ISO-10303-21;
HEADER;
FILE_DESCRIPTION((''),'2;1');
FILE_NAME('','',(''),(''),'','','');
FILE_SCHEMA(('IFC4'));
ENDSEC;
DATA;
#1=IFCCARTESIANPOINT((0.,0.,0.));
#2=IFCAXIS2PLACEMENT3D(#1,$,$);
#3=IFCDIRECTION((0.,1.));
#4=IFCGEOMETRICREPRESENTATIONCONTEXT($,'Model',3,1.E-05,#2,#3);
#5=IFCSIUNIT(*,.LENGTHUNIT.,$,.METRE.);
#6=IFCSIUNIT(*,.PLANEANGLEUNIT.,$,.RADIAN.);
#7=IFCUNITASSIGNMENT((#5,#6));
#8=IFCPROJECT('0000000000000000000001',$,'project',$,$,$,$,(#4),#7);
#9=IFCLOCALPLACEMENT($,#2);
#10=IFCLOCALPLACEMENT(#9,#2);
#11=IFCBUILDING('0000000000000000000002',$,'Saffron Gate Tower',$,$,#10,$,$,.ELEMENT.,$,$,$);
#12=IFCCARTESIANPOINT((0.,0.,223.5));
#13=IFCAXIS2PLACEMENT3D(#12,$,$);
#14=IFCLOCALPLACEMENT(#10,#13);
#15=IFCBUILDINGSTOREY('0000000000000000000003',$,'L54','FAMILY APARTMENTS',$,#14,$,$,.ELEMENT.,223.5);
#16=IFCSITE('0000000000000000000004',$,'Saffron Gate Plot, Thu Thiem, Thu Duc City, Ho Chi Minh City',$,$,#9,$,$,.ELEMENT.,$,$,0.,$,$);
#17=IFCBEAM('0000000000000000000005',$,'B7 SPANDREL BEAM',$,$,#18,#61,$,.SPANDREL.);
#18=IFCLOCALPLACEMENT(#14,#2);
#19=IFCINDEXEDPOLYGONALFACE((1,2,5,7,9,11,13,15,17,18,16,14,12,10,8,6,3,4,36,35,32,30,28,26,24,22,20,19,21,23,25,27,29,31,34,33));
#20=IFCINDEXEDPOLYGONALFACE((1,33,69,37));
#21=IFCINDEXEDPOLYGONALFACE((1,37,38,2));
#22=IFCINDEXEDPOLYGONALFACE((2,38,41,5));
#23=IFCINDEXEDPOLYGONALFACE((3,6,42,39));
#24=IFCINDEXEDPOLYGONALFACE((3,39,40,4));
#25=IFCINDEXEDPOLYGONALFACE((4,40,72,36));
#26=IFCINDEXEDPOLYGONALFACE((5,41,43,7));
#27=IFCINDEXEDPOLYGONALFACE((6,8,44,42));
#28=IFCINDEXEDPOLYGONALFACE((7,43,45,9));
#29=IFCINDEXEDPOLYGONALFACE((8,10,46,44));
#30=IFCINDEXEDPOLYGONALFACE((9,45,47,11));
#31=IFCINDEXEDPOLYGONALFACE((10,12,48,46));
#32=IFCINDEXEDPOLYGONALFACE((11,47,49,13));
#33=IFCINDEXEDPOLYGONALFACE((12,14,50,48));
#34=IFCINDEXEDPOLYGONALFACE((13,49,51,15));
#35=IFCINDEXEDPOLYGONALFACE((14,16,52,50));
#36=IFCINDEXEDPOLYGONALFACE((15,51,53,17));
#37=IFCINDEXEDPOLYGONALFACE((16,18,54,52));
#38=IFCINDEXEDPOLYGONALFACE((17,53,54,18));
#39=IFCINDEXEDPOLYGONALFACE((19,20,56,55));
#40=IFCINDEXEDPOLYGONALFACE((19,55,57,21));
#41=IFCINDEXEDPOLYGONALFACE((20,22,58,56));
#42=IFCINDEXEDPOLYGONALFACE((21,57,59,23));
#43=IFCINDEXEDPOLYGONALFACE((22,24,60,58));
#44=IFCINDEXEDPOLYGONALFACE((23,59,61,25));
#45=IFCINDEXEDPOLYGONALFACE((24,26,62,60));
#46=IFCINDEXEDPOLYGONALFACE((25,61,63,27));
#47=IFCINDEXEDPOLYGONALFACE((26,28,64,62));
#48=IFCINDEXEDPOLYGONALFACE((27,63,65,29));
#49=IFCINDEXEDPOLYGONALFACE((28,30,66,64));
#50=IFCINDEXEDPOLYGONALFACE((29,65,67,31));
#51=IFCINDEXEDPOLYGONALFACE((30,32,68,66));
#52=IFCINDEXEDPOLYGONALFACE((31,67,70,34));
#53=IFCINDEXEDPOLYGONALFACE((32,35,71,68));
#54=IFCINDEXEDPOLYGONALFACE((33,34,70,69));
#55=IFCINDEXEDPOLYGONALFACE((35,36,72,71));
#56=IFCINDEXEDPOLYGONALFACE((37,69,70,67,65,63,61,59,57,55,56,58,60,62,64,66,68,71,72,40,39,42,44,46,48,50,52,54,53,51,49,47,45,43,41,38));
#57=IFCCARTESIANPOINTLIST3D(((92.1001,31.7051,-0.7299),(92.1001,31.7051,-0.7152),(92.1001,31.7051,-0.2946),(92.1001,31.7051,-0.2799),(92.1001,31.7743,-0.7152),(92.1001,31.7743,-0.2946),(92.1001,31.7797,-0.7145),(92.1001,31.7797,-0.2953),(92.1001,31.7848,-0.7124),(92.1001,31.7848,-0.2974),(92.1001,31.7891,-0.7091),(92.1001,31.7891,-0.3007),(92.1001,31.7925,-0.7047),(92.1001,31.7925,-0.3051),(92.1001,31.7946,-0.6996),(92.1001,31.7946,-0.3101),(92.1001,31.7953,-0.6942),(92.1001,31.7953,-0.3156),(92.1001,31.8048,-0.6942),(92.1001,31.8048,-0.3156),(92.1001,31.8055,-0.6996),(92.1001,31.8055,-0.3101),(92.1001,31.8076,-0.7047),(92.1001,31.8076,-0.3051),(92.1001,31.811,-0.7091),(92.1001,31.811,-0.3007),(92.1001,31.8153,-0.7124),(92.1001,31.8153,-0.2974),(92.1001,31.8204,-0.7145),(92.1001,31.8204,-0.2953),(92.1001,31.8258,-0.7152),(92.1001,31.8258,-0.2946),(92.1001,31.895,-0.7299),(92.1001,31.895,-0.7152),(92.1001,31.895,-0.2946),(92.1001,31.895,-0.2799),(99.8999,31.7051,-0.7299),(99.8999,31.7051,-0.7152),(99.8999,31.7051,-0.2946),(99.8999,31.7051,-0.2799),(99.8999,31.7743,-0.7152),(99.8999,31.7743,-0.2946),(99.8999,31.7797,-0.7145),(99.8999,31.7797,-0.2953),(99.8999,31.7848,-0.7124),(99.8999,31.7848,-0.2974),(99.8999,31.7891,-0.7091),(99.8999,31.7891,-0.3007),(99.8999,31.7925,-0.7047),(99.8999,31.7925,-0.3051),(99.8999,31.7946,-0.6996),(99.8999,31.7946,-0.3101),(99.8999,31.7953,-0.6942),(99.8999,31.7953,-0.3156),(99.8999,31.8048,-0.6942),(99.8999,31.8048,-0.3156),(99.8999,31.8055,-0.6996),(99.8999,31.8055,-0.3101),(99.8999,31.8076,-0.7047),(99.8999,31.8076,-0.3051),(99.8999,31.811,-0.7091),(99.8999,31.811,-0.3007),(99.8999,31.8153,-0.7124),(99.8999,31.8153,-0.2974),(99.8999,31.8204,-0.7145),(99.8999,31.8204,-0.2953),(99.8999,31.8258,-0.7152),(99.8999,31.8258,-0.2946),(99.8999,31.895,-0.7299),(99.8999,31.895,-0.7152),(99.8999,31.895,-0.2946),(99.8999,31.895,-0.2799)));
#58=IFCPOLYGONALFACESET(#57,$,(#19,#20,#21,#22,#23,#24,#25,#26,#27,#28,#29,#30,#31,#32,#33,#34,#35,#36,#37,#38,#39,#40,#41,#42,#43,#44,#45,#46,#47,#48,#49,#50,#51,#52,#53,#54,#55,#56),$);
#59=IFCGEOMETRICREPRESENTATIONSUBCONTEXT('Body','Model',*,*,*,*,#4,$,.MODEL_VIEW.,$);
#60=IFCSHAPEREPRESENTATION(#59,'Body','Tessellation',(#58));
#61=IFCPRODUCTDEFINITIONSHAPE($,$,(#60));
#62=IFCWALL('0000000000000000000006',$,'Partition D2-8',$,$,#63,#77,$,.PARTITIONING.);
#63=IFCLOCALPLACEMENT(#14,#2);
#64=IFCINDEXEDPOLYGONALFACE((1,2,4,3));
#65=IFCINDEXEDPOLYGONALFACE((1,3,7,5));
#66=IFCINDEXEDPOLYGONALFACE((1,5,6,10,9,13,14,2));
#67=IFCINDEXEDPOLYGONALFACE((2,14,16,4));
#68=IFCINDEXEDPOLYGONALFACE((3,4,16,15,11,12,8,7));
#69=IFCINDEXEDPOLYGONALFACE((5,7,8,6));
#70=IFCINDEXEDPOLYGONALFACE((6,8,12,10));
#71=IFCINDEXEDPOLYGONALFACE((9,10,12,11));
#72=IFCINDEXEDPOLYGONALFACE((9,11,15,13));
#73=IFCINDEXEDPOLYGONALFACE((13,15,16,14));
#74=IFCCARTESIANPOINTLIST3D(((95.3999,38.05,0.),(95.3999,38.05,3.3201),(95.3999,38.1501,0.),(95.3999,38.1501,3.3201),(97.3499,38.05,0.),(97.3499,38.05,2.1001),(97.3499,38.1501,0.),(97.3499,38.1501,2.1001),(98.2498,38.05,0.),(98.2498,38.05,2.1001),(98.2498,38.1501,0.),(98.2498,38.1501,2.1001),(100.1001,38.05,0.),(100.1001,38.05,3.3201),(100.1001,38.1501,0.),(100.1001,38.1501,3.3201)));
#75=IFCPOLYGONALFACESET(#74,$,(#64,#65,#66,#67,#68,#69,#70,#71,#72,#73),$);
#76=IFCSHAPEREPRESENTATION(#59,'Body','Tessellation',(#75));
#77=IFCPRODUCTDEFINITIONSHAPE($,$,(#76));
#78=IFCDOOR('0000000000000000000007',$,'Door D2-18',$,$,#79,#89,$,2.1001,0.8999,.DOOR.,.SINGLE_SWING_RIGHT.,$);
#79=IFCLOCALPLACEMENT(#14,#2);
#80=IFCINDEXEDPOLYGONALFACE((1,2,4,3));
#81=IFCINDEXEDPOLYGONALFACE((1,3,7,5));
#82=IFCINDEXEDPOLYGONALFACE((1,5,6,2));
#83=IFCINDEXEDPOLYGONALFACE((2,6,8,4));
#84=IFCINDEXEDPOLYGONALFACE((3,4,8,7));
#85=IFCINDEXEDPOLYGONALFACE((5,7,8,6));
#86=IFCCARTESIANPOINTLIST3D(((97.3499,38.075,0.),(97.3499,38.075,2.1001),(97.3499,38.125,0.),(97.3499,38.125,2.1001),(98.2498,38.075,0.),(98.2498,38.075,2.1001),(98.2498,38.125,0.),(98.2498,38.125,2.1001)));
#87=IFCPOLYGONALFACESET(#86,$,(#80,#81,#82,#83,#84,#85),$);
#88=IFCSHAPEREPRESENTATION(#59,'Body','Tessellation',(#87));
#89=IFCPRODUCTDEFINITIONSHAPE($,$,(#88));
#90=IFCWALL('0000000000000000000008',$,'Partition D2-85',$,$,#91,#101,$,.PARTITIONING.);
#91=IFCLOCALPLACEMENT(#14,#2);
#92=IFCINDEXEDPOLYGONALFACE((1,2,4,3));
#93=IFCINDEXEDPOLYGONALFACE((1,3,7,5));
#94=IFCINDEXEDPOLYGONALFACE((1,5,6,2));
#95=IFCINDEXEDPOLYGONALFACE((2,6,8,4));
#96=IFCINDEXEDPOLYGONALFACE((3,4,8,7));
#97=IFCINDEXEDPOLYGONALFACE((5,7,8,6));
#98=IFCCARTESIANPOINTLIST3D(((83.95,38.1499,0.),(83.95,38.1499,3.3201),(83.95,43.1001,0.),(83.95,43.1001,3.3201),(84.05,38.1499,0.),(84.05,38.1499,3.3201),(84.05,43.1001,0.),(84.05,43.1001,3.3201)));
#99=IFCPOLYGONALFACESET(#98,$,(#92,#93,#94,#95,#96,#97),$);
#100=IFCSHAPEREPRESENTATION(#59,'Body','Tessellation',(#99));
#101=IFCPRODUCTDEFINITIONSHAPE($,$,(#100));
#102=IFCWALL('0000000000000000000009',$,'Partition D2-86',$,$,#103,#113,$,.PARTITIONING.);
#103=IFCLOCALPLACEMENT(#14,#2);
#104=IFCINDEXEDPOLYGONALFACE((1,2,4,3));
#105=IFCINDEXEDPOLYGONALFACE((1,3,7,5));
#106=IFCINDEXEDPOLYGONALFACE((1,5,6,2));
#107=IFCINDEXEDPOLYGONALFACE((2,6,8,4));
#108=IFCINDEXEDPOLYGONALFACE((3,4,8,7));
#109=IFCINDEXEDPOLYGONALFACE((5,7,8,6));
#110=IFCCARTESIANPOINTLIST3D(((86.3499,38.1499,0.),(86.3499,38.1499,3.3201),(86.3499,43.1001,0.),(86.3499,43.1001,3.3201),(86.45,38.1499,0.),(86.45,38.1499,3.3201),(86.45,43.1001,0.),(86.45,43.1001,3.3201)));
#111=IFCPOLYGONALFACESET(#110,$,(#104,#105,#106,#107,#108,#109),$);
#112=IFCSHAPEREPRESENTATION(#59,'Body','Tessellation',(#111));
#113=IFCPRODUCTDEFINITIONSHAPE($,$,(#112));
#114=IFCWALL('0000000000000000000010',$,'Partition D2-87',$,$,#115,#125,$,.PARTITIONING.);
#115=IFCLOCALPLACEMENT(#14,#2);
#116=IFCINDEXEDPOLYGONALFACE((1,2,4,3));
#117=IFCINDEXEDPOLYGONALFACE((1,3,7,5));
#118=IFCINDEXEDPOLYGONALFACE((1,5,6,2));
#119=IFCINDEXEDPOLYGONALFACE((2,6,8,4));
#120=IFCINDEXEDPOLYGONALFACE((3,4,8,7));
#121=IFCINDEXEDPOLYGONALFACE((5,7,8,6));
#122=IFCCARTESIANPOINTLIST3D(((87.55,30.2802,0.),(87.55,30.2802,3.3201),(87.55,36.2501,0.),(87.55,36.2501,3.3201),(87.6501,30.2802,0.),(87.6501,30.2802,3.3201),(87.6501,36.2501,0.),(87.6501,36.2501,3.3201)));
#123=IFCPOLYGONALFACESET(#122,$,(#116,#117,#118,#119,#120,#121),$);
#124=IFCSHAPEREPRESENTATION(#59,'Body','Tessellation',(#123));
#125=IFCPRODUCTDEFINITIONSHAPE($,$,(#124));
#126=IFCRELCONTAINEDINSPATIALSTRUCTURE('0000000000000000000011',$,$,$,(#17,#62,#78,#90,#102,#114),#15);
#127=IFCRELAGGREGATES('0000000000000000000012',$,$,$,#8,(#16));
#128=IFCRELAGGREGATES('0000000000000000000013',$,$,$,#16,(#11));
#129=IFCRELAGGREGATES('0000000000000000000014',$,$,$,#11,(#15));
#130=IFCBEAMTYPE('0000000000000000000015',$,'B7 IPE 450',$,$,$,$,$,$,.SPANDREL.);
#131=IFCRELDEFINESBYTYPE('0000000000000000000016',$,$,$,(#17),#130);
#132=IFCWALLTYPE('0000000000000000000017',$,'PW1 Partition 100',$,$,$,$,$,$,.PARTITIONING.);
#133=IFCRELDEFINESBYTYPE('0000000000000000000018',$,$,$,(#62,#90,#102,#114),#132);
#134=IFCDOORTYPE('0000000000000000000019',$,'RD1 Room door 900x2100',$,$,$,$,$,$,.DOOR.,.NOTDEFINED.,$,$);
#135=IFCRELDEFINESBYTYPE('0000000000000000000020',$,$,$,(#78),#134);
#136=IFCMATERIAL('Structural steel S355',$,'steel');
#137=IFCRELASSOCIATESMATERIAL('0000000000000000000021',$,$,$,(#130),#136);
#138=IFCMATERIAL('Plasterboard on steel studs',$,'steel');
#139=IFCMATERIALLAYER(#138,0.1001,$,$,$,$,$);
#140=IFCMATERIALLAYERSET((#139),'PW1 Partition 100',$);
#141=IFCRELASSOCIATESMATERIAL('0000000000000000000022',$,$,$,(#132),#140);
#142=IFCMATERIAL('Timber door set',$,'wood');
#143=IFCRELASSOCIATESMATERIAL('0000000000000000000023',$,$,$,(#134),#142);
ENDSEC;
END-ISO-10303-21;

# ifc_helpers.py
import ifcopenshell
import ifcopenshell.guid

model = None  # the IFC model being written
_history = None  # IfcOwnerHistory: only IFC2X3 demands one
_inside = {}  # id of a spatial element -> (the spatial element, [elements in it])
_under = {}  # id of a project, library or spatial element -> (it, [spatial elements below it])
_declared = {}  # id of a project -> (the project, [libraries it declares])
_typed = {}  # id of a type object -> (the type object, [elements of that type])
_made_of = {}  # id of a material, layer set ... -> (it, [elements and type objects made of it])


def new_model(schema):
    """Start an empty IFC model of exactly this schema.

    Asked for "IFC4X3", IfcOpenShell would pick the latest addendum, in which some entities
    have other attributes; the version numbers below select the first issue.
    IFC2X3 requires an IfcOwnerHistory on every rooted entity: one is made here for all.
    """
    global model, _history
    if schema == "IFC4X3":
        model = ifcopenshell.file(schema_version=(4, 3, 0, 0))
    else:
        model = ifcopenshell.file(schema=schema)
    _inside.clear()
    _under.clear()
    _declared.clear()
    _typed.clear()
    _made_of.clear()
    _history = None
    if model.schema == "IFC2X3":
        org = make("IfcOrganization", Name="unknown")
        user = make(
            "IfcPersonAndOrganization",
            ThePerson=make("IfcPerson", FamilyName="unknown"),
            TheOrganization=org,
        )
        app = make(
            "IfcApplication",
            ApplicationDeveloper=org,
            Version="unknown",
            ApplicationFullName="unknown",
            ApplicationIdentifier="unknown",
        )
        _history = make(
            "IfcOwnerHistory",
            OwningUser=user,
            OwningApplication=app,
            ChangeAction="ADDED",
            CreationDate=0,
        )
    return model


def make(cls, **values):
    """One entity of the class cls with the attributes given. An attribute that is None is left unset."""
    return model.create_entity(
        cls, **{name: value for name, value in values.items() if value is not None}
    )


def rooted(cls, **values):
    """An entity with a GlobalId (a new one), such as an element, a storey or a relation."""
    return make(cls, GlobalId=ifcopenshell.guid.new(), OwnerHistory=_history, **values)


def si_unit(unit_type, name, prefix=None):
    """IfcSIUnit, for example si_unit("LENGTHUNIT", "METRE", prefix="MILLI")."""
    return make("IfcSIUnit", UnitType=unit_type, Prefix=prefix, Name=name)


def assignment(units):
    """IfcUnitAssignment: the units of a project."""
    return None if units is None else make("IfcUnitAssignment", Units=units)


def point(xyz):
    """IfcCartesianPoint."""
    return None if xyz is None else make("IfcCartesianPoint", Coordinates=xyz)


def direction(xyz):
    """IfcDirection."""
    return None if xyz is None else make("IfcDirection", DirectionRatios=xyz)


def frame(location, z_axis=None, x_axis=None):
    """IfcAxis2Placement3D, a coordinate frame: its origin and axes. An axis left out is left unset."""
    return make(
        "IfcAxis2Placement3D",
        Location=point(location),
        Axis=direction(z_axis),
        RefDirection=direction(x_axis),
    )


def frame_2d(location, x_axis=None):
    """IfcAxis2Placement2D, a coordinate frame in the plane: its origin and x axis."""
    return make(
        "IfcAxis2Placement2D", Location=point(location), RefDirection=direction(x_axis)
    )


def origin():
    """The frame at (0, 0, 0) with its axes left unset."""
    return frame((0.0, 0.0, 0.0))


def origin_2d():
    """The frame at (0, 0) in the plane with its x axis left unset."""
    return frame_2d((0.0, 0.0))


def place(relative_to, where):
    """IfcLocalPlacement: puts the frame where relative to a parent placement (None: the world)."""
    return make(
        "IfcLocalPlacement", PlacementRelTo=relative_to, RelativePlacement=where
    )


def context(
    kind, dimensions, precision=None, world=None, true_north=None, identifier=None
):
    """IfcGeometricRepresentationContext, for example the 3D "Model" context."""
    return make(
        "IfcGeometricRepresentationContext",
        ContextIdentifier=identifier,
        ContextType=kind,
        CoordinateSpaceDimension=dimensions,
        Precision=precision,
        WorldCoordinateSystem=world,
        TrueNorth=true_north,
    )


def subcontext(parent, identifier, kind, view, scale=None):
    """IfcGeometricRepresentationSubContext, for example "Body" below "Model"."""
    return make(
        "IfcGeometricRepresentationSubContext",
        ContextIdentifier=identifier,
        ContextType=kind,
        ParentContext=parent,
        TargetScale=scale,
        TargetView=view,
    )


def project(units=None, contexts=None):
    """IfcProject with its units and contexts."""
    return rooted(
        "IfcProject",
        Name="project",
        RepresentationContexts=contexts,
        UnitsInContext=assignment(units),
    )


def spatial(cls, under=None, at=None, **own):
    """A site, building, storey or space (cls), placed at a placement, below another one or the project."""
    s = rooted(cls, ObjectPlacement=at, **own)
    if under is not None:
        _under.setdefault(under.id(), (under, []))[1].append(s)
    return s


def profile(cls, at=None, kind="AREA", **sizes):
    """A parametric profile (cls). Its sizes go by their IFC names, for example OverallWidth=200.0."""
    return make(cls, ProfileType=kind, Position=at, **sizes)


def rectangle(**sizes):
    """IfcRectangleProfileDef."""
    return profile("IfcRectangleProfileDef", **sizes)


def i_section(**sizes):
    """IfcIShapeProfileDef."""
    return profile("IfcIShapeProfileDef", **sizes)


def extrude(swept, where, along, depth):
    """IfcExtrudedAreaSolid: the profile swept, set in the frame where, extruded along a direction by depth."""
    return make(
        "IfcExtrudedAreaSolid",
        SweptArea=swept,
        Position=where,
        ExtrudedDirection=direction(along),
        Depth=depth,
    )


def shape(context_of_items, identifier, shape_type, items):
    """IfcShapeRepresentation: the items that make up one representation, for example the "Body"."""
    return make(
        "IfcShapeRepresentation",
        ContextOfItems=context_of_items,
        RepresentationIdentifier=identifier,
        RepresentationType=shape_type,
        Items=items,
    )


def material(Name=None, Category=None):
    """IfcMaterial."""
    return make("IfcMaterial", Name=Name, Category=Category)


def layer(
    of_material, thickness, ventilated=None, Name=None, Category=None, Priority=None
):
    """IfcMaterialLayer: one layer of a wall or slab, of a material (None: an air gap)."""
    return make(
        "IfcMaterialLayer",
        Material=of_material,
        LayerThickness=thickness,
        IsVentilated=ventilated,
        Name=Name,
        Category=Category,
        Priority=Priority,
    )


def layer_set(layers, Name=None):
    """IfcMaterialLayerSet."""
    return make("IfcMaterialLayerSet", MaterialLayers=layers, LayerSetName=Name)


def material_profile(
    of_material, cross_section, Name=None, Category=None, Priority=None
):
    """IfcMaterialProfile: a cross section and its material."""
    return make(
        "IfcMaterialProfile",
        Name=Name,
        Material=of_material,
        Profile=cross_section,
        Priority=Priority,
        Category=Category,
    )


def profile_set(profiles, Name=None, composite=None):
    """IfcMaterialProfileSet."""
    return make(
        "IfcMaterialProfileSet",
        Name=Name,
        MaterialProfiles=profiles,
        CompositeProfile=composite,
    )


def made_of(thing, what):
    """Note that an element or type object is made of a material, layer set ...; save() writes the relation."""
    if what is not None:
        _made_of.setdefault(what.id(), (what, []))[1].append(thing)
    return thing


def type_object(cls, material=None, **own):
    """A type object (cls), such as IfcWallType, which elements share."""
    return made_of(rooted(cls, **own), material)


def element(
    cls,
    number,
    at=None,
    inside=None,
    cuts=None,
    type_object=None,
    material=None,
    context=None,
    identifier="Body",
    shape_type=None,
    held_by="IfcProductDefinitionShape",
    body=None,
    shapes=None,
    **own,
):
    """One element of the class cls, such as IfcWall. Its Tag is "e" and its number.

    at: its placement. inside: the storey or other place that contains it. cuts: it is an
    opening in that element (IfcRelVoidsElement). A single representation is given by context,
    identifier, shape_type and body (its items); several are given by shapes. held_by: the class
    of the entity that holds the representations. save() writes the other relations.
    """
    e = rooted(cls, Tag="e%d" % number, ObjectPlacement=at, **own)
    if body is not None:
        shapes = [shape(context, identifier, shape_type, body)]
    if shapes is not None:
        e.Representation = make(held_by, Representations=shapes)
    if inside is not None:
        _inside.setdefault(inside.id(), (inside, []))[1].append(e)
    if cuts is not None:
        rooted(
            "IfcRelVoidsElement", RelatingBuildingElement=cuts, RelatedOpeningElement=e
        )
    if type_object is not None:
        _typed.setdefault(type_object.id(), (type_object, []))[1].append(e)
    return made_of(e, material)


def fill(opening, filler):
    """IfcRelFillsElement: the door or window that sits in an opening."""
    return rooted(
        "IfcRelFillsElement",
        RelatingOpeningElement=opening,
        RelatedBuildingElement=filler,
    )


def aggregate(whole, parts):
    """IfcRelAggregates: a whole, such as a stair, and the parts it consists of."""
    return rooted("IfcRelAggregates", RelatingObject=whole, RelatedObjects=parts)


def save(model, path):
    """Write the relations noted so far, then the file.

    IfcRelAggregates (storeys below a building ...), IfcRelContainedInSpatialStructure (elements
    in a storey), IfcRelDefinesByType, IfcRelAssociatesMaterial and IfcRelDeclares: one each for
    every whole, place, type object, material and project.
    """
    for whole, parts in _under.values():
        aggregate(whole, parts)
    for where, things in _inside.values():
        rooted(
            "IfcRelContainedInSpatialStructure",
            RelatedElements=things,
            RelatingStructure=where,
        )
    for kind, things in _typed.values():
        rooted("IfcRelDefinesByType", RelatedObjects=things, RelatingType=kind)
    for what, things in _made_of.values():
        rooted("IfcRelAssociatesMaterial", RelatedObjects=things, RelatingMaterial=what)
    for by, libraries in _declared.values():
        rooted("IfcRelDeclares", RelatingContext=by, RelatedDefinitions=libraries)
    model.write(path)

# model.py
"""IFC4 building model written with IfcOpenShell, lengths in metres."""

from ifc_helpers import new_model, si_unit, direction, frame, frame_2d, origin, origin_2d, place, context, subcontext, project, spatial, rectangle, i_section, extrude, material, layer, layer_set, material_profile, profile_set, type_object, element, fill, save


model = new_model("IFC4")

# Units and contexts
model_context = context("Model", 3, precision=1e-05, world=origin(), true_north=direction((0.0, 1.0)))
body_context = subcontext(model_context, "Body", "Model", "MODEL_VIEW")
ifc_project = project(units=[si_unit("LENGTHUNIT", "METRE"), si_unit("PLANEANGLEUNIT", "RADIAN")], contexts=[model_context])

# Site, building, storey
site_placement = place(None, origin())
site = spatial("IfcSite", under=ifc_project, at=site_placement, Name="Saffron Gate Plot, Thu Thiem, Thu Duc City, Ho Chi Minh City", CompositionType="ELEMENT", RefElevation=0.0)
building_placement = place(site_placement, origin())
building = spatial("IfcBuilding", under=site, at=building_placement, Name="Saffron Gate Tower", CompositionType="ELEMENT")
storey_placement = place(building_placement, frame((0.0, 0.0, 223.5)))
storey = spatial("IfcBuildingStorey", under=building, at=storey_placement, Name="L54", Description="FAMILY APARTMENTS", CompositionType="ELEMENT", Elevation=223.5)

# Beam
ifc_material_1 = material(Name="Structural steel S355", Category="steel")
ifc_material_profile_1 = material_profile(ifc_material_1, i_section(OverallWidth=0.1899, OverallDepth=0.45, WebThickness=0.0095, FlangeThickness=0.0146, FilletRadius=0.021, at=origin_2d()))
ifc_profile_set_1 = profile_set([ifc_material_profile_1], Name="Structural steel S355")
beam_type_1 = type_object("IfcBeamType", Name="B7 IPE 450", PredefinedType="SPANDREL", material=ifc_profile_set_1)
beam_1_placement = place(storey_placement, frame((92.1001, 31.8, -0.5049), z_axis=(1.0, 0.0, 0.0), x_axis=(0.0, 1.0, 0.0)))
element("IfcBeam", 1, at=beam_1_placement, inside=storey, type_object=beam_type_1, Name="B7 SPANDREL BEAM", PredefinedType="SPANDREL", context=body_context, shape_type="SweptSolid", body=[
    extrude(i_section(OverallWidth=0.1899, OverallDepth=0.45, WebThickness=0.0095, FlangeThickness=0.0146, FilletRadius=0.021, at=origin_2d()), origin(), (0.0, 0.0, 1.0), 7.7998),
])

# Wall, opening, door
ifc_material_2 = material(Name="Plasterboard on steel studs", Category="steel")
ifc_layer = layer(ifc_material_2, 0.1001)
ifc_layer_set = layer_set([ifc_layer], Name="PW1 Partition 100")
wall_type = type_object("IfcWallType", Name="PW1 Partition 100", PredefinedType="PARTITIONING", material=ifc_layer_set)
wall_1_placement = place(storey_placement, frame((95.3999, 38.1001, 0.0), z_axis=(0.0, 0.0, 1.0), x_axis=(1.0, 0.0, 0.0)))
wall_1 = element("IfcWall", 2, at=wall_1_placement, inside=storey, type_object=wall_type, Name="Partition D2-8", PredefinedType="PARTITIONING", context=body_context, shape_type="SweptSolid", body=[
    extrude(rectangle(XDim=4.7002, YDim=0.1001, at=frame_2d((2.3501, 0.0))), origin(), (0.0, 0.0, 1.0), 3.3201),
])
opening_placement = place(wall_1_placement, frame((1.95, 0.0, 0.0)))
opening = element("IfcOpeningElement", 3, at=opening_placement, cuts=wall_1, PredefinedType="OPENING", context=body_context, shape_type="SweptSolid", body=[
    extrude(rectangle(XDim=0.8999, YDim=2.1001, at=frame_2d((0.45, 1.05))), frame((0.0, 0.0601, 0.0), z_axis=(0.0, -1.0, 0.0), x_axis=(1.0, 0.0, 0.0)), (0.0, 0.0, 1.0), 0.1201),
])
ifc_material_3 = material(Name="Timber door set", Category="wood")
door_type = type_object("IfcDoorType", Name="RD1 Room door 900x2100", OperationType="NOTDEFINED", PredefinedType="DOOR", material=ifc_material_3)
door_placement = place(opening_placement, origin())
door = element("IfcDoor", 4, at=door_placement, inside=storey, type_object=door_type, Name="Door D2-18", OperationType="SINGLE_SWING_RIGHT", OverallHeight=2.1001, OverallWidth=0.8999, PredefinedType="DOOR", context=body_context, shape_type="SweptSolid", body=[
    extrude(rectangle(XDim=0.8999, YDim=2.1001, at=frame_2d((0.45, 1.05))), frame((0.0, 0.0249, 0.0), z_axis=(0.0, -1.0, 0.0), x_axis=(1.0, 0.0, 0.0)), (0.0, 0.0, 1.0), 0.05),
])
fill(opening, door)

# Walls
for number, where, z_axis, x_axis, name in (
    (5, (84.0, 43.1001, 0.0), (0.0, 0.0, 1.0), (0.0, -1.0, 0.0), "Partition D2-85"),
    (6, (86.3999, 43.1001, 0.0), (0.0, 0.0, 1.0), (0.0, -1.0, 0.0), "Partition D2-86"),
):
    element("IfcWall", number, at=place(storey_placement, frame(where, z_axis=z_axis, x_axis=x_axis)), inside=storey, type_object=wall_type, Name=name, PredefinedType="PARTITIONING", context=body_context, shape_type="SweptSolid", body=[
        extrude(rectangle(XDim=4.9502, YDim=0.1001, at=frame_2d((2.4751, 0.0))), origin(), (0.0, 0.0, 1.0), 3.3201),
    ])
wall_2_placement = place(storey_placement, frame((87.6001, 36.25, 0.0), z_axis=(0.0, 0.0, 1.0), x_axis=(0.0, -1.0, 0.0)))
element("IfcWall", 7, at=wall_2_placement, inside=storey, type_object=wall_type, Name="Partition D2-87", PredefinedType="PARTITIONING", context=body_context, shape_type="SweptSolid", body=[
    extrude(rectangle(XDim=5.97, YDim=0.1001, at=frame_2d((2.9849, 0.0))), origin(), (0.0, 0.0, 1.0), 3.3201),
])

save(model, "model.ifc")
